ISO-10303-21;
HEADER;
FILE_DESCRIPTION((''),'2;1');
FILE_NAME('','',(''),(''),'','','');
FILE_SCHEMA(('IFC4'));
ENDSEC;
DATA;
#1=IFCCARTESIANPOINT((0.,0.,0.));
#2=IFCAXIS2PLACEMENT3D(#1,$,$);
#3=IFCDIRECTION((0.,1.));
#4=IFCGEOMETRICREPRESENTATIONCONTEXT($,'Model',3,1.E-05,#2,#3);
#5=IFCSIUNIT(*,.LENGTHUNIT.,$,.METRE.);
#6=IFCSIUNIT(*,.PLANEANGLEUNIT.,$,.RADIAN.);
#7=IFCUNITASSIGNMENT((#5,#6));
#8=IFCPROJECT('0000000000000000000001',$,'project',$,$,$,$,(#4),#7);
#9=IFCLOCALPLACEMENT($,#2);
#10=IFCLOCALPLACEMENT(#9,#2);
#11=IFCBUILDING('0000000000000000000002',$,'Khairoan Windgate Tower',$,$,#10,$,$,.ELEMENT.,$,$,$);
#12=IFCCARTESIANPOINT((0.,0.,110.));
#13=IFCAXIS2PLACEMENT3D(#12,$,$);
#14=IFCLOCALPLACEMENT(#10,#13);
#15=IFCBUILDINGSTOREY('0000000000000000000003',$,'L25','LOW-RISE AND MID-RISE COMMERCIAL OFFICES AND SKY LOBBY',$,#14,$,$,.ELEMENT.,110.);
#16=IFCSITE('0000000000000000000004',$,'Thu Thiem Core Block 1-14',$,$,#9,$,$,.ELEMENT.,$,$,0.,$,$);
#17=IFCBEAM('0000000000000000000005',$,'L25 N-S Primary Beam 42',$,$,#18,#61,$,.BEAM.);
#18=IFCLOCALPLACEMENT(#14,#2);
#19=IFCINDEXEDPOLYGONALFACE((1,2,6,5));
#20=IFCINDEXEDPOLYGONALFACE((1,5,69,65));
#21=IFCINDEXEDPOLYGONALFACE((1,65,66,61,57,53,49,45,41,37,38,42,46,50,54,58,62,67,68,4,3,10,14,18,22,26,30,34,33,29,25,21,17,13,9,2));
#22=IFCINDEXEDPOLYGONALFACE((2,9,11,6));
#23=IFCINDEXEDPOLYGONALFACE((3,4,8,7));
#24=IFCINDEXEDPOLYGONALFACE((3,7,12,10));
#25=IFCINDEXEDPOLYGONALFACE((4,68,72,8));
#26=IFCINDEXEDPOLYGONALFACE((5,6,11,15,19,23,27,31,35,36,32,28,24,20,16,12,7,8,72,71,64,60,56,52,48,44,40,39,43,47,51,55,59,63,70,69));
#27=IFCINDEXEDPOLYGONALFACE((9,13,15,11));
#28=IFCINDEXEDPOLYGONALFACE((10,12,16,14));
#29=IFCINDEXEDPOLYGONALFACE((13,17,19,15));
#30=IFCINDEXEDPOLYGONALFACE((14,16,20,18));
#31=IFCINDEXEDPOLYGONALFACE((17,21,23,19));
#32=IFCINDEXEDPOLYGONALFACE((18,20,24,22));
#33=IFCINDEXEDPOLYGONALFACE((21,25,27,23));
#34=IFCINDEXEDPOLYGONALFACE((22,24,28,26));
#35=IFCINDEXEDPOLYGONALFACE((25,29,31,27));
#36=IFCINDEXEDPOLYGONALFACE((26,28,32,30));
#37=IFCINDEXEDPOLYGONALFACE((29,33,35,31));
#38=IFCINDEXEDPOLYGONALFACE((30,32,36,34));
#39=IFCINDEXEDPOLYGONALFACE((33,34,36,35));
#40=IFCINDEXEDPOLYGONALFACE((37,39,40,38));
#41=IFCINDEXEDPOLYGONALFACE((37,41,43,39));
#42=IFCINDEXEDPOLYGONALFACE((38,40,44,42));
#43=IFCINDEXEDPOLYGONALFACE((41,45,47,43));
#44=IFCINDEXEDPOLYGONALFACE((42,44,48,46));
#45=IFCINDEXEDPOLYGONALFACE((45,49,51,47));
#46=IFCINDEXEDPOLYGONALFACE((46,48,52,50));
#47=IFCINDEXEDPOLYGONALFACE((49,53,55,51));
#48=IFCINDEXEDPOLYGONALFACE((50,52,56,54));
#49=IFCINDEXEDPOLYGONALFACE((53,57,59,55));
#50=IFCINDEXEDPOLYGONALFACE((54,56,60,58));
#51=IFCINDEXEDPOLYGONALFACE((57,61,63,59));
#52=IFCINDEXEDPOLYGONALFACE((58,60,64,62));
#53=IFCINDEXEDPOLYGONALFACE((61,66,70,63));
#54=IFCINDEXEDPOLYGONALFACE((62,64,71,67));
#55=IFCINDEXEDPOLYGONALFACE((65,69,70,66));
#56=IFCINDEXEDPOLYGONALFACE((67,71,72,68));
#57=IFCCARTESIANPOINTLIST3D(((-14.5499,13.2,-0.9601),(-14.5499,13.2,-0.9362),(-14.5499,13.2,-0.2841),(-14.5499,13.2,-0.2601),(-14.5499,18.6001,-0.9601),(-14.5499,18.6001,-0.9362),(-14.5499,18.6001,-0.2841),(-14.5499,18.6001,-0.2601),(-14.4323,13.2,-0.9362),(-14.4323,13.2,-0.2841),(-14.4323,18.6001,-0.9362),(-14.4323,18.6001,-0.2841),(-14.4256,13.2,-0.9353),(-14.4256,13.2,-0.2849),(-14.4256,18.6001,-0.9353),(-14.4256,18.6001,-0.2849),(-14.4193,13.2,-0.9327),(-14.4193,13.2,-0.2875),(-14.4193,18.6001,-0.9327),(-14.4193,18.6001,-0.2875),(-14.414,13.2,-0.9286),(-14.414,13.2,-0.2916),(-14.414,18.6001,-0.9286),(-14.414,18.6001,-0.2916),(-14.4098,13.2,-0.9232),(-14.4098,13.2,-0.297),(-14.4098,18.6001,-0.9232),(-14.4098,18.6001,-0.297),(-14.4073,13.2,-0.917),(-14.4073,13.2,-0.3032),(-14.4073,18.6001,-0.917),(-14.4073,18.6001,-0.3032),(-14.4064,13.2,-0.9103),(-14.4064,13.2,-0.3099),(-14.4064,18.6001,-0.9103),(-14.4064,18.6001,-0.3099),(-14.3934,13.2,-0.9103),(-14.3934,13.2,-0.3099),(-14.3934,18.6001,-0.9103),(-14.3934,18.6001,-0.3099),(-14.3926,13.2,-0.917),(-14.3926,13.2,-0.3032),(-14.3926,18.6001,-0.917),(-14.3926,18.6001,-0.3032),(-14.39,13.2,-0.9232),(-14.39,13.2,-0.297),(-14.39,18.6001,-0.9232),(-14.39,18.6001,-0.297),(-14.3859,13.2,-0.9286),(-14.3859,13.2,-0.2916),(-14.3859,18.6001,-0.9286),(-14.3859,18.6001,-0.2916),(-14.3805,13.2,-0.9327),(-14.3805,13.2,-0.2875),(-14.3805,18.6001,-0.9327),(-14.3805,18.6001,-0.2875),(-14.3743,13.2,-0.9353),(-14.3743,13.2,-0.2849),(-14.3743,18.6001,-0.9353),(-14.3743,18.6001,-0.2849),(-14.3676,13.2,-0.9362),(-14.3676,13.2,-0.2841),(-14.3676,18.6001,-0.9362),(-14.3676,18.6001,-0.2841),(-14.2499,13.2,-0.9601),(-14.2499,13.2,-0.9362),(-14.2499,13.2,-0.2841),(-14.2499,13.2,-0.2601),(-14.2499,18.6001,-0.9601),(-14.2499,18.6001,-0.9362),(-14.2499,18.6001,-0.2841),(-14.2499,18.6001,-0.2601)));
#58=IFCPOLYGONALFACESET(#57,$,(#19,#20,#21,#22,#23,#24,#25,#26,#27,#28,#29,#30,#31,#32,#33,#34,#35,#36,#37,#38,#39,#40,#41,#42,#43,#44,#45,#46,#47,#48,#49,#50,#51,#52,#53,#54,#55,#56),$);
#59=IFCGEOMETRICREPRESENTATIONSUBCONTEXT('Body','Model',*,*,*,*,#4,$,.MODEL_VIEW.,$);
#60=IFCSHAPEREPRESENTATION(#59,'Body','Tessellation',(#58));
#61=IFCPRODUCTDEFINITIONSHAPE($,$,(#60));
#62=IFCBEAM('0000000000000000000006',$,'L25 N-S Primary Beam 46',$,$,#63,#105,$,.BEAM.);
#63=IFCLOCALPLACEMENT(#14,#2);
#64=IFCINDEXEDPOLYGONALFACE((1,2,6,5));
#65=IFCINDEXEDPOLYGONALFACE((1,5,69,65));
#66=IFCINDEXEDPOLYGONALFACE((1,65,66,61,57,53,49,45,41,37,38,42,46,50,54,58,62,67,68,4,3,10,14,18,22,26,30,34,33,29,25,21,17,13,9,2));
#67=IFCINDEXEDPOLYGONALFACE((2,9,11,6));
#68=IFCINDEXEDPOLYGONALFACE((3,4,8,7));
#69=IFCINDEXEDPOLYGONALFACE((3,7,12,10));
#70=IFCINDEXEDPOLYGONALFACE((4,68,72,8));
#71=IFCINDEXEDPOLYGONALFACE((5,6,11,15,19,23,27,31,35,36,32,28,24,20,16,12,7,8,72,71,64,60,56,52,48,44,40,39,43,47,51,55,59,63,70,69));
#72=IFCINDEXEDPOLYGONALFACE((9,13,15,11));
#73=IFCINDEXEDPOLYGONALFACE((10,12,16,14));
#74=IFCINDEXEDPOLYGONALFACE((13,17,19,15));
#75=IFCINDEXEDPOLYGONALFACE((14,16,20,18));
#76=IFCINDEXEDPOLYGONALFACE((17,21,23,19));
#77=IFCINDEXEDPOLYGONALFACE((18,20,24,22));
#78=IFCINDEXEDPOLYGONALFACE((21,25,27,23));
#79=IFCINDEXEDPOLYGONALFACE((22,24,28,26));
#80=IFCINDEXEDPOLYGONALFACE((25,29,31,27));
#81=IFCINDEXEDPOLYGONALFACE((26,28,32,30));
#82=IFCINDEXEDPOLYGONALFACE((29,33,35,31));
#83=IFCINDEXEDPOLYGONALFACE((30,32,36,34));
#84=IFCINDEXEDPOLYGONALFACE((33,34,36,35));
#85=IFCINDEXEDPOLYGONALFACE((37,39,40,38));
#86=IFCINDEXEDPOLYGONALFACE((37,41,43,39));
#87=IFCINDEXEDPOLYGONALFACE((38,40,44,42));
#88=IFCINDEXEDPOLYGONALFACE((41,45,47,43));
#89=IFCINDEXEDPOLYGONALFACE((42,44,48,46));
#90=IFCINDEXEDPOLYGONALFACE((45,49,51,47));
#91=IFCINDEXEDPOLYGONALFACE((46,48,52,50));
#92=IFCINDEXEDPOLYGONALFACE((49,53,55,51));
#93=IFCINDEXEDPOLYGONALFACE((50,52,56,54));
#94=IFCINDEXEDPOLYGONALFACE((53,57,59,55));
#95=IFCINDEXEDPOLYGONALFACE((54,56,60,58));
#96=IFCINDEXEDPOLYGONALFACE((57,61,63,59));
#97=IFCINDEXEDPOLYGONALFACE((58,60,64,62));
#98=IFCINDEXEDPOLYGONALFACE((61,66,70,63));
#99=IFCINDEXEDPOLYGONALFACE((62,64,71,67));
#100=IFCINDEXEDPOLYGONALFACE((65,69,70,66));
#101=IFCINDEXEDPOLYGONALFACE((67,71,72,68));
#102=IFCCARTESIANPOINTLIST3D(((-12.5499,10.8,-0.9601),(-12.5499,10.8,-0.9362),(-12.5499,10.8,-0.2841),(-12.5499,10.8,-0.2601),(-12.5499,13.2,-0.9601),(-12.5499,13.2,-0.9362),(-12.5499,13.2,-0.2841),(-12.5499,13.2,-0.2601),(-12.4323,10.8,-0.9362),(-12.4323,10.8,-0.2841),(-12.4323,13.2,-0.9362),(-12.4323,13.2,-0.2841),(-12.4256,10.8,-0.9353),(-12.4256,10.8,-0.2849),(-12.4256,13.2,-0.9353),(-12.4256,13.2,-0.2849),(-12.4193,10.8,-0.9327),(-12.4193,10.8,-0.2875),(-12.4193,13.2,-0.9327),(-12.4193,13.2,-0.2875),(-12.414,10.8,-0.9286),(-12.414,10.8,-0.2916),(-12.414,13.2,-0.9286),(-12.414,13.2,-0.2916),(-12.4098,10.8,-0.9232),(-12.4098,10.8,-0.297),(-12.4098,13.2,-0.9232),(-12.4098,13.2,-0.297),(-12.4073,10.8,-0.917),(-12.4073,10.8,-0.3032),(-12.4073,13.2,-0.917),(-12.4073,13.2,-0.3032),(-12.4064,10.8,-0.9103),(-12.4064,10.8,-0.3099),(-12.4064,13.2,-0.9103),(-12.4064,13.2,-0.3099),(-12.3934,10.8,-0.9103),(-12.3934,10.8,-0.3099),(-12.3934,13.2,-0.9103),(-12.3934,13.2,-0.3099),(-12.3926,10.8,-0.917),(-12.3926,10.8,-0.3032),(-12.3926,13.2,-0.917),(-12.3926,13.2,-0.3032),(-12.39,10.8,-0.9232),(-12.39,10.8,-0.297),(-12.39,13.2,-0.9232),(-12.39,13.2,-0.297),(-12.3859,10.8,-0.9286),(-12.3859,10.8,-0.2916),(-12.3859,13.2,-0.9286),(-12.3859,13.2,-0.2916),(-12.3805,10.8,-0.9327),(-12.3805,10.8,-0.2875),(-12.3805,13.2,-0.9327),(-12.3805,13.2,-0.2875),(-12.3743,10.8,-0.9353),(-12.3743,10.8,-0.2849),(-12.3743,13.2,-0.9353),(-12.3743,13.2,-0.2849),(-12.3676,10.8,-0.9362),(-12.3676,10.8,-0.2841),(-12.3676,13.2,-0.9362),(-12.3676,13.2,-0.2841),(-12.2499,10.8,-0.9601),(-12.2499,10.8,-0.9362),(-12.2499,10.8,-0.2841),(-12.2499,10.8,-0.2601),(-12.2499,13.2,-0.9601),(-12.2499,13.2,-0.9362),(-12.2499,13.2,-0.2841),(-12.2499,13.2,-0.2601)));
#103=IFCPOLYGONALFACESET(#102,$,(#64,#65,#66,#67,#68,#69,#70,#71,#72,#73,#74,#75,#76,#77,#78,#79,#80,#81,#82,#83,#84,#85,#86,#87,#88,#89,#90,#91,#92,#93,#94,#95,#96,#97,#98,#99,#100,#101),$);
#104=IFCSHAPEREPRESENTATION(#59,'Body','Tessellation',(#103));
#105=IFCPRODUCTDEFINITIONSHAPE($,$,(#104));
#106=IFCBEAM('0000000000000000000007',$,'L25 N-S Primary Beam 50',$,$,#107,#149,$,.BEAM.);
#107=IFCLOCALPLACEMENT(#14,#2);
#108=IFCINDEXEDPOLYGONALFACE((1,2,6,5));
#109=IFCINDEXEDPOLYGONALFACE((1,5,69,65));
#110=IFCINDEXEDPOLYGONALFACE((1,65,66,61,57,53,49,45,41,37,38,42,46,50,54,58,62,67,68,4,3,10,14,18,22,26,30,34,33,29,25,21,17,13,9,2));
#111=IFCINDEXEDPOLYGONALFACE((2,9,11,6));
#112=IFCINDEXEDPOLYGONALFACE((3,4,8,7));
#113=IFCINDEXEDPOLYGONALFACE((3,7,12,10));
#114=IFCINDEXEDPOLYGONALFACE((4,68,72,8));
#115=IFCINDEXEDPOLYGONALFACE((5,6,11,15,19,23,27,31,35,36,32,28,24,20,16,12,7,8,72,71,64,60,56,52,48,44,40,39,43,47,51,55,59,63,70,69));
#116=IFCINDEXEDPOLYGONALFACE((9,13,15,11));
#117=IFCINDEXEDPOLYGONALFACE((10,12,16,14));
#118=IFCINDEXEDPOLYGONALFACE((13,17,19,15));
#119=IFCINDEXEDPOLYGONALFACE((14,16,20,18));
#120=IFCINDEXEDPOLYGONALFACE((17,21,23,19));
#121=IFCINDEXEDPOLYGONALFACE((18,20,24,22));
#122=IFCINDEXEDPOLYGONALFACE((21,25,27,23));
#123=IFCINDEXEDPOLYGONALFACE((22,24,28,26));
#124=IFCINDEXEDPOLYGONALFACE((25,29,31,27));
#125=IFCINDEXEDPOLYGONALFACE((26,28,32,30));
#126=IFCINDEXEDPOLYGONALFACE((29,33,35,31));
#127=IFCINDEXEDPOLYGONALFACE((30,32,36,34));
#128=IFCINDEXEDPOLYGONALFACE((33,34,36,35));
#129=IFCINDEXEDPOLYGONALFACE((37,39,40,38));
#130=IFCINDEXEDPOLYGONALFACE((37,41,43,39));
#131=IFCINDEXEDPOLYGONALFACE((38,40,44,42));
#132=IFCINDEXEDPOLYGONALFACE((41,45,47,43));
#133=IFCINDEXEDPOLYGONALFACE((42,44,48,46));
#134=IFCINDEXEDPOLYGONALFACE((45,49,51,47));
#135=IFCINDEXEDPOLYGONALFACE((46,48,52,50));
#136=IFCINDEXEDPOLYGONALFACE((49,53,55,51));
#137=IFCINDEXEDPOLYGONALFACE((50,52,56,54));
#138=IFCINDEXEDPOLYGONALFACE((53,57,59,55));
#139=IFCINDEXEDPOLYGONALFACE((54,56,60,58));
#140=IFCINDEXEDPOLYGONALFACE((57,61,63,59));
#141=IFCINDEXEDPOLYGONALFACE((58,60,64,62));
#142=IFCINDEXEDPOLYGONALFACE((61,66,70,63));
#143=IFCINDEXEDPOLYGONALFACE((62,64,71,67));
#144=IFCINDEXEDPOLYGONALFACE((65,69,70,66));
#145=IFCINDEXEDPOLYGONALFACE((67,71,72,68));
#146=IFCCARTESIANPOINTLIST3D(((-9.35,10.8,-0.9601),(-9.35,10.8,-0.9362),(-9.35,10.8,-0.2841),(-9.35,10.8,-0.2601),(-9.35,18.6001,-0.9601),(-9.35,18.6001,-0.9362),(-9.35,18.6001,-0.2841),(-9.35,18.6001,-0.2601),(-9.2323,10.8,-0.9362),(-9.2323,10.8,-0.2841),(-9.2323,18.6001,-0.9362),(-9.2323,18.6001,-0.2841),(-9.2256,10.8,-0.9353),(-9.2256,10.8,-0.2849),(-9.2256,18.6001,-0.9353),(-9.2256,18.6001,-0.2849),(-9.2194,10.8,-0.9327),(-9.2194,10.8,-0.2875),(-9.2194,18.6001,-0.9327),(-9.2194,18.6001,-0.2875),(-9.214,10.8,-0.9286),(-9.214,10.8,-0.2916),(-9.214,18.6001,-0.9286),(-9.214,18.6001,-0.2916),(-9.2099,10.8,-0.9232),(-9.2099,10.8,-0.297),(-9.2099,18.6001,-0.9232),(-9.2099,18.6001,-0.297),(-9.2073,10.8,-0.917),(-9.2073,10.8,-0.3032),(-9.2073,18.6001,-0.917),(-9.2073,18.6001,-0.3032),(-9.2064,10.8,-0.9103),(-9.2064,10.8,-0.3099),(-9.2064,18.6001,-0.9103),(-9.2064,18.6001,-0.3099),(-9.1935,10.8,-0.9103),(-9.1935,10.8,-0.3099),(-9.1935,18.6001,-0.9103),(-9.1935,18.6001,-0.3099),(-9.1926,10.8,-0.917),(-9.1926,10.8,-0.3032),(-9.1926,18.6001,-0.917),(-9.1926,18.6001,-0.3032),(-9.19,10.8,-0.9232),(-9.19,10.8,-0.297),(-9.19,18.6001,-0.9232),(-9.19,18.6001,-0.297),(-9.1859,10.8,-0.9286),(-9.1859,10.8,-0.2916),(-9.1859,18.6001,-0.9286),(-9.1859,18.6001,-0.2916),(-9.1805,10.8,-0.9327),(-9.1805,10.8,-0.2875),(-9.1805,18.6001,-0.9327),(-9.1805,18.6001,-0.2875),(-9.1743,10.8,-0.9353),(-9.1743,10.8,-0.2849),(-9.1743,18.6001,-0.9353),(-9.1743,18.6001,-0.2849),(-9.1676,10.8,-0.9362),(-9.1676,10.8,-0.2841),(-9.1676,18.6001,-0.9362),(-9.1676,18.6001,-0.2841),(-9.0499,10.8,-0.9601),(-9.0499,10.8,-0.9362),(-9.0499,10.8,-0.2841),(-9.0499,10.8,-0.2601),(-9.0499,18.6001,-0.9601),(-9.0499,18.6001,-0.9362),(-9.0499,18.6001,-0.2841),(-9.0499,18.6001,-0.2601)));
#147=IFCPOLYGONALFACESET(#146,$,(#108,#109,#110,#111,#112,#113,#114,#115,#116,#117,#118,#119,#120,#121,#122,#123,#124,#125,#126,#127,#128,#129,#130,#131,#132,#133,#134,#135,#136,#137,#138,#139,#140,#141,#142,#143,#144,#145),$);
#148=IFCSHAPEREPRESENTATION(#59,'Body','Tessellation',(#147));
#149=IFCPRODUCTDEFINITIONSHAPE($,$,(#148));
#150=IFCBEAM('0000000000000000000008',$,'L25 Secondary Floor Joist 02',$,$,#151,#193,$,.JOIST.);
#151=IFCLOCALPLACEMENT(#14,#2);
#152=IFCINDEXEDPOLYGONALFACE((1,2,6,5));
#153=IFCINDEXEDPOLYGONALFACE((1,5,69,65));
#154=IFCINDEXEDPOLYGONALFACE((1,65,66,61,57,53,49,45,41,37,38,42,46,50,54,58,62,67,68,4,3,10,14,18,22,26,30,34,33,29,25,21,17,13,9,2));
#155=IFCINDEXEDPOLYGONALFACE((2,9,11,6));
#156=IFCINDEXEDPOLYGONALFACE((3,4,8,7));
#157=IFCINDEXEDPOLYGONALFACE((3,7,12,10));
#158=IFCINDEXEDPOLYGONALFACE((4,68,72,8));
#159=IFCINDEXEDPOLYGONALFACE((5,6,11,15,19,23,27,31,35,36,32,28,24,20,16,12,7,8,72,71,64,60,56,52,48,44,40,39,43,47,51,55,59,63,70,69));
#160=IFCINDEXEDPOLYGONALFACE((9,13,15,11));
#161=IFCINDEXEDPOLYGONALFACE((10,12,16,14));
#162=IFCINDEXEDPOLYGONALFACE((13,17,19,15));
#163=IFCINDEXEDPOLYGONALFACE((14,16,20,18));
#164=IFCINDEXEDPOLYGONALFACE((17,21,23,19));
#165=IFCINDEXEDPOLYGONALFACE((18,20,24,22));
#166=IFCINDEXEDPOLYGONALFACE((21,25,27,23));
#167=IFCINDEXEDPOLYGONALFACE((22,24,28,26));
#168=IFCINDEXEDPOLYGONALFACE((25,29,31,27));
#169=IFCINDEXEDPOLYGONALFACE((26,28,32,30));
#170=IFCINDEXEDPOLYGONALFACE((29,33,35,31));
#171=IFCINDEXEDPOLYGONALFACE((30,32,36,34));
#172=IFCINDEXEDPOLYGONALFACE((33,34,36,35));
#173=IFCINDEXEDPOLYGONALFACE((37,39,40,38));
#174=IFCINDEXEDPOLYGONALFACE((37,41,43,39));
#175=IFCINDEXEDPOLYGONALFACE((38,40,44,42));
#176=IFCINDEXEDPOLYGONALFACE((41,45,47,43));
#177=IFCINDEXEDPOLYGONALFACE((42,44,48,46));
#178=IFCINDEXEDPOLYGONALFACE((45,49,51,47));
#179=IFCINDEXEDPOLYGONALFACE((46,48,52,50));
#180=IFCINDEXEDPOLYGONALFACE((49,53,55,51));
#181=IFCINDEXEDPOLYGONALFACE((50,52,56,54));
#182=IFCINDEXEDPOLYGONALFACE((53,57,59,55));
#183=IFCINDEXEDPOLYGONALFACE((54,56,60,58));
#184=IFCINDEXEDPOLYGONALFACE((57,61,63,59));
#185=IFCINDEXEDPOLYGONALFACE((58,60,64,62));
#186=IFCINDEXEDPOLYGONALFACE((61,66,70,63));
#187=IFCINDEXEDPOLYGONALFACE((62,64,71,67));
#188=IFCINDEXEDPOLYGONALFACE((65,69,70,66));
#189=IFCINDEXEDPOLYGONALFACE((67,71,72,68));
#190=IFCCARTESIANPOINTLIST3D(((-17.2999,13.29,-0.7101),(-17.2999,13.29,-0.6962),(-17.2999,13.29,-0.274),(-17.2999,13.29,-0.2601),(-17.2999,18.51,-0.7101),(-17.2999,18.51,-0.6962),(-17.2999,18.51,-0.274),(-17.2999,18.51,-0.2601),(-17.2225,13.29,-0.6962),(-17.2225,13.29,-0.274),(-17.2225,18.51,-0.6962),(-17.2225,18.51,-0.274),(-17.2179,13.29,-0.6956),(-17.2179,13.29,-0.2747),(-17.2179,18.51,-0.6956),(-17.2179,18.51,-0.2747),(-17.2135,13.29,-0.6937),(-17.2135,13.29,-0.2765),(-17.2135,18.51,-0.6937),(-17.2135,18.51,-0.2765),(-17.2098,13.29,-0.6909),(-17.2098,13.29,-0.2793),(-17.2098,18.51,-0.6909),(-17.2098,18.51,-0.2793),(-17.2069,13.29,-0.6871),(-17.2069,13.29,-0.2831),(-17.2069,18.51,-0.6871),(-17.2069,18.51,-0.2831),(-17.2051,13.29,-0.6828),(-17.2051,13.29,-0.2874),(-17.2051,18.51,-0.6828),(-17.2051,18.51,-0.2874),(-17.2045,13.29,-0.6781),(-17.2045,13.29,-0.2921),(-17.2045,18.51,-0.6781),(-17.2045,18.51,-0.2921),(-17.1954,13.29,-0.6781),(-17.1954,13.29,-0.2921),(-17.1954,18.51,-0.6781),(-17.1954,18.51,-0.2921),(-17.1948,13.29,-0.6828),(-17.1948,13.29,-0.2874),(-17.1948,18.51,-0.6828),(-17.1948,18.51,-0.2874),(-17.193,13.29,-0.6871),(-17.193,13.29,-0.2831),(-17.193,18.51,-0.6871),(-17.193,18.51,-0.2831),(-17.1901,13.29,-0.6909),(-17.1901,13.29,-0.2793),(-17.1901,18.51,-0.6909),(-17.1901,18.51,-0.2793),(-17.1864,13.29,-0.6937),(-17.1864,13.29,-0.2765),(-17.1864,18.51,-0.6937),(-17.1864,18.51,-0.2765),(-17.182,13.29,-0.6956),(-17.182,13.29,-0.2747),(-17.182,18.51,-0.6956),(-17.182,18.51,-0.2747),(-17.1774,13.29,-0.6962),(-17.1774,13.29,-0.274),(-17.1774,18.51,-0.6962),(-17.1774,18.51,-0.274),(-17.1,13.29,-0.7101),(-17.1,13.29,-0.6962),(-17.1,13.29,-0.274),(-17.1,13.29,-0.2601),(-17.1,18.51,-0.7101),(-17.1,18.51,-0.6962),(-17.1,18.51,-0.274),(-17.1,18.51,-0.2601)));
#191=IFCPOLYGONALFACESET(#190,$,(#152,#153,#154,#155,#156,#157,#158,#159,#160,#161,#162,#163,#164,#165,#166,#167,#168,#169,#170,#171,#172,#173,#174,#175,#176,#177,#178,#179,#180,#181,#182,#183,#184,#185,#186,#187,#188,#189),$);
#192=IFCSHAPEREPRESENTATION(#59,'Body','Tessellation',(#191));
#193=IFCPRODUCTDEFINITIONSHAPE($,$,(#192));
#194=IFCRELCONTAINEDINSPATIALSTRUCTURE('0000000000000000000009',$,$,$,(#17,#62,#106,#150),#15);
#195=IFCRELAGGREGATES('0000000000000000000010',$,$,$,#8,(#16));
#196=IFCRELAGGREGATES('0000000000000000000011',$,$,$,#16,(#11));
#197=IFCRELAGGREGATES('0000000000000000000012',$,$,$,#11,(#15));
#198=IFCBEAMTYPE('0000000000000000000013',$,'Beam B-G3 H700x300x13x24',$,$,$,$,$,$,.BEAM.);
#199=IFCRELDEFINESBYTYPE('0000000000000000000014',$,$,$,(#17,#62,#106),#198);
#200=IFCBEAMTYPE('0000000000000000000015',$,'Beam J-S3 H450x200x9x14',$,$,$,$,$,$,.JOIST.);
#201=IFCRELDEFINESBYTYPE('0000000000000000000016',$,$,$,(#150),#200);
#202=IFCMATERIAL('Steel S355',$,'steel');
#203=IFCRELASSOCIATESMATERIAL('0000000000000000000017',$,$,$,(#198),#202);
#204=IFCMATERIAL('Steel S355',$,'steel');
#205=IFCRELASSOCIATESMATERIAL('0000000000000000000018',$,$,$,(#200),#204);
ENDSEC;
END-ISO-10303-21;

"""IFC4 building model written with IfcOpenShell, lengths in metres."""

from ifc_helpers import new_model, si_unit, direction, frame, origin, origin_2d, place, context, subcontext, project, spatial, i_section, extrude, material, material_profile, profile_set, type_object, element, save


model = new_model("IFC4")

# Units and contexts
model_context = context("Model", 3, precision=1e-05, world=origin(), true_north=direction((0.0, 1.0)))
body_context = subcontext(model_context, "Body", "Model", "MODEL_VIEW")
ifc_project = project(units=[si_unit("LENGTHUNIT", "METRE"), si_unit("PLANEANGLEUNIT", "RADIAN")], contexts=[model_context])

# Site, building, storey
site_placement = place(None, origin())
site = spatial("IfcSite", under=ifc_project, at=site_placement, Name="Thu Thiem Core Block 1-14", CompositionType="ELEMENT", RefElevation=0.0)
building_placement = place(site_placement, origin())
building = spatial("IfcBuilding", under=site, at=building_placement, Name="Khairoan Windgate Tower", CompositionType="ELEMENT")
storey_placement = place(building_placement, frame((0.0, 0.0, 110.0)))
storey = spatial("IfcBuildingStorey", under=building, at=storey_placement, Name="L25", Description="LOW-RISE AND MID-RISE COMMERCIAL OFFICES AND SKY LOBBY", CompositionType="ELEMENT", Elevation=110.0)

# Beams
ifc_material_1 = material(Name="Steel S355", Category="steel")
ifc_material_profile_1 = material_profile(ifc_material_1, i_section(OverallWidth=0.3, OverallDepth=0.7, WebThickness=0.0129, FlangeThickness=0.0239, FilletRadius=0.0259, at=origin_2d()))
ifc_profile_set_1 = profile_set([ifc_material_profile_1], Name="Steel S355")
beam_type_1 = type_object("IfcBeamType", Name="Beam B-G3 H700x300x13x24", PredefinedType="BEAM", material=ifc_profile_set_1)
beam_1_placement = place(storey_placement, frame((-14.3999, 13.2, -0.6101), z_axis=(0.0, 1.0, 0.0), x_axis=(-1.0, 0.0, 0.0)))
element("IfcBeam", 1, at=beam_1_placement, inside=storey, type_object=beam_type_1, Name="L25 N-S Primary Beam 42", PredefinedType="BEAM", context=body_context, shape_type="SweptSolid", body=[
    extrude(i_section(OverallWidth=0.3, OverallDepth=0.7, WebThickness=0.0129, FlangeThickness=0.0239, FilletRadius=0.0259, at=origin_2d()), origin(), (0.0, 0.0, 1.0), 5.4001),
])
beam_2_placement = place(storey_placement, frame((-12.3999, 10.8, -0.6101), z_axis=(0.0, 1.0, 0.0), x_axis=(-1.0, 0.0, 0.0)))
element("IfcBeam", 2, at=beam_2_placement, inside=storey, type_object=beam_type_1, Name="L25 N-S Primary Beam 46", PredefinedType="BEAM", context=body_context, shape_type="SweptSolid", body=[
    extrude(i_section(OverallWidth=0.3, OverallDepth=0.7, WebThickness=0.0129, FlangeThickness=0.0239, FilletRadius=0.0259, at=origin_2d()), origin(), (0.0, 0.0, 1.0), 2.3999),
])
beam_3_placement = place(storey_placement, frame((-9.2, 10.8, -0.6101), z_axis=(0.0, 1.0, 0.0), x_axis=(-1.0, 0.0, 0.0)))
element("IfcBeam", 3, at=beam_3_placement, inside=storey, type_object=beam_type_1, Name="L25 N-S Primary Beam 50", PredefinedType="BEAM", context=body_context, shape_type="SweptSolid", body=[
    extrude(i_section(OverallWidth=0.3, OverallDepth=0.7, WebThickness=0.0129, FlangeThickness=0.0239, FilletRadius=0.0259, at=origin_2d()), origin(), (0.0, 0.0, 1.0), 7.8),
])
ifc_material_2 = material(Name="Steel S355", Category="steel")
ifc_material_profile_2 = material_profile(ifc_material_2, i_section(OverallWidth=0.2, OverallDepth=0.45, WebThickness=0.009, FlangeThickness=0.0139, FilletRadius=0.0181, at=origin_2d()))
ifc_profile_set_2 = profile_set([ifc_material_profile_2], Name="Steel S355")
beam_type_2 = type_object("IfcBeamType", Name="Beam J-S3 H450x200x9x14", PredefinedType="JOIST", material=ifc_profile_set_2)
beam_4_placement = place(storey_placement, frame((-17.2, 13.29, -0.4851), z_axis=(0.0, 1.0, 0.0), x_axis=(-1.0, 0.0, 0.0)))
element("IfcBeam", 4, at=beam_4_placement, inside=storey, type_object=beam_type_2, Name="L25 Secondary Floor Joist 02", PredefinedType="JOIST", context=body_context, shape_type="SweptSolid", body=[
    extrude(i_section(OverallWidth=0.2, OverallDepth=0.45, WebThickness=0.009, FlangeThickness=0.0139, FilletRadius=0.0181, at=origin_2d()), origin(), (0.0, 0.0, 1.0), 5.22),
])

save(model, "model.ifc")
